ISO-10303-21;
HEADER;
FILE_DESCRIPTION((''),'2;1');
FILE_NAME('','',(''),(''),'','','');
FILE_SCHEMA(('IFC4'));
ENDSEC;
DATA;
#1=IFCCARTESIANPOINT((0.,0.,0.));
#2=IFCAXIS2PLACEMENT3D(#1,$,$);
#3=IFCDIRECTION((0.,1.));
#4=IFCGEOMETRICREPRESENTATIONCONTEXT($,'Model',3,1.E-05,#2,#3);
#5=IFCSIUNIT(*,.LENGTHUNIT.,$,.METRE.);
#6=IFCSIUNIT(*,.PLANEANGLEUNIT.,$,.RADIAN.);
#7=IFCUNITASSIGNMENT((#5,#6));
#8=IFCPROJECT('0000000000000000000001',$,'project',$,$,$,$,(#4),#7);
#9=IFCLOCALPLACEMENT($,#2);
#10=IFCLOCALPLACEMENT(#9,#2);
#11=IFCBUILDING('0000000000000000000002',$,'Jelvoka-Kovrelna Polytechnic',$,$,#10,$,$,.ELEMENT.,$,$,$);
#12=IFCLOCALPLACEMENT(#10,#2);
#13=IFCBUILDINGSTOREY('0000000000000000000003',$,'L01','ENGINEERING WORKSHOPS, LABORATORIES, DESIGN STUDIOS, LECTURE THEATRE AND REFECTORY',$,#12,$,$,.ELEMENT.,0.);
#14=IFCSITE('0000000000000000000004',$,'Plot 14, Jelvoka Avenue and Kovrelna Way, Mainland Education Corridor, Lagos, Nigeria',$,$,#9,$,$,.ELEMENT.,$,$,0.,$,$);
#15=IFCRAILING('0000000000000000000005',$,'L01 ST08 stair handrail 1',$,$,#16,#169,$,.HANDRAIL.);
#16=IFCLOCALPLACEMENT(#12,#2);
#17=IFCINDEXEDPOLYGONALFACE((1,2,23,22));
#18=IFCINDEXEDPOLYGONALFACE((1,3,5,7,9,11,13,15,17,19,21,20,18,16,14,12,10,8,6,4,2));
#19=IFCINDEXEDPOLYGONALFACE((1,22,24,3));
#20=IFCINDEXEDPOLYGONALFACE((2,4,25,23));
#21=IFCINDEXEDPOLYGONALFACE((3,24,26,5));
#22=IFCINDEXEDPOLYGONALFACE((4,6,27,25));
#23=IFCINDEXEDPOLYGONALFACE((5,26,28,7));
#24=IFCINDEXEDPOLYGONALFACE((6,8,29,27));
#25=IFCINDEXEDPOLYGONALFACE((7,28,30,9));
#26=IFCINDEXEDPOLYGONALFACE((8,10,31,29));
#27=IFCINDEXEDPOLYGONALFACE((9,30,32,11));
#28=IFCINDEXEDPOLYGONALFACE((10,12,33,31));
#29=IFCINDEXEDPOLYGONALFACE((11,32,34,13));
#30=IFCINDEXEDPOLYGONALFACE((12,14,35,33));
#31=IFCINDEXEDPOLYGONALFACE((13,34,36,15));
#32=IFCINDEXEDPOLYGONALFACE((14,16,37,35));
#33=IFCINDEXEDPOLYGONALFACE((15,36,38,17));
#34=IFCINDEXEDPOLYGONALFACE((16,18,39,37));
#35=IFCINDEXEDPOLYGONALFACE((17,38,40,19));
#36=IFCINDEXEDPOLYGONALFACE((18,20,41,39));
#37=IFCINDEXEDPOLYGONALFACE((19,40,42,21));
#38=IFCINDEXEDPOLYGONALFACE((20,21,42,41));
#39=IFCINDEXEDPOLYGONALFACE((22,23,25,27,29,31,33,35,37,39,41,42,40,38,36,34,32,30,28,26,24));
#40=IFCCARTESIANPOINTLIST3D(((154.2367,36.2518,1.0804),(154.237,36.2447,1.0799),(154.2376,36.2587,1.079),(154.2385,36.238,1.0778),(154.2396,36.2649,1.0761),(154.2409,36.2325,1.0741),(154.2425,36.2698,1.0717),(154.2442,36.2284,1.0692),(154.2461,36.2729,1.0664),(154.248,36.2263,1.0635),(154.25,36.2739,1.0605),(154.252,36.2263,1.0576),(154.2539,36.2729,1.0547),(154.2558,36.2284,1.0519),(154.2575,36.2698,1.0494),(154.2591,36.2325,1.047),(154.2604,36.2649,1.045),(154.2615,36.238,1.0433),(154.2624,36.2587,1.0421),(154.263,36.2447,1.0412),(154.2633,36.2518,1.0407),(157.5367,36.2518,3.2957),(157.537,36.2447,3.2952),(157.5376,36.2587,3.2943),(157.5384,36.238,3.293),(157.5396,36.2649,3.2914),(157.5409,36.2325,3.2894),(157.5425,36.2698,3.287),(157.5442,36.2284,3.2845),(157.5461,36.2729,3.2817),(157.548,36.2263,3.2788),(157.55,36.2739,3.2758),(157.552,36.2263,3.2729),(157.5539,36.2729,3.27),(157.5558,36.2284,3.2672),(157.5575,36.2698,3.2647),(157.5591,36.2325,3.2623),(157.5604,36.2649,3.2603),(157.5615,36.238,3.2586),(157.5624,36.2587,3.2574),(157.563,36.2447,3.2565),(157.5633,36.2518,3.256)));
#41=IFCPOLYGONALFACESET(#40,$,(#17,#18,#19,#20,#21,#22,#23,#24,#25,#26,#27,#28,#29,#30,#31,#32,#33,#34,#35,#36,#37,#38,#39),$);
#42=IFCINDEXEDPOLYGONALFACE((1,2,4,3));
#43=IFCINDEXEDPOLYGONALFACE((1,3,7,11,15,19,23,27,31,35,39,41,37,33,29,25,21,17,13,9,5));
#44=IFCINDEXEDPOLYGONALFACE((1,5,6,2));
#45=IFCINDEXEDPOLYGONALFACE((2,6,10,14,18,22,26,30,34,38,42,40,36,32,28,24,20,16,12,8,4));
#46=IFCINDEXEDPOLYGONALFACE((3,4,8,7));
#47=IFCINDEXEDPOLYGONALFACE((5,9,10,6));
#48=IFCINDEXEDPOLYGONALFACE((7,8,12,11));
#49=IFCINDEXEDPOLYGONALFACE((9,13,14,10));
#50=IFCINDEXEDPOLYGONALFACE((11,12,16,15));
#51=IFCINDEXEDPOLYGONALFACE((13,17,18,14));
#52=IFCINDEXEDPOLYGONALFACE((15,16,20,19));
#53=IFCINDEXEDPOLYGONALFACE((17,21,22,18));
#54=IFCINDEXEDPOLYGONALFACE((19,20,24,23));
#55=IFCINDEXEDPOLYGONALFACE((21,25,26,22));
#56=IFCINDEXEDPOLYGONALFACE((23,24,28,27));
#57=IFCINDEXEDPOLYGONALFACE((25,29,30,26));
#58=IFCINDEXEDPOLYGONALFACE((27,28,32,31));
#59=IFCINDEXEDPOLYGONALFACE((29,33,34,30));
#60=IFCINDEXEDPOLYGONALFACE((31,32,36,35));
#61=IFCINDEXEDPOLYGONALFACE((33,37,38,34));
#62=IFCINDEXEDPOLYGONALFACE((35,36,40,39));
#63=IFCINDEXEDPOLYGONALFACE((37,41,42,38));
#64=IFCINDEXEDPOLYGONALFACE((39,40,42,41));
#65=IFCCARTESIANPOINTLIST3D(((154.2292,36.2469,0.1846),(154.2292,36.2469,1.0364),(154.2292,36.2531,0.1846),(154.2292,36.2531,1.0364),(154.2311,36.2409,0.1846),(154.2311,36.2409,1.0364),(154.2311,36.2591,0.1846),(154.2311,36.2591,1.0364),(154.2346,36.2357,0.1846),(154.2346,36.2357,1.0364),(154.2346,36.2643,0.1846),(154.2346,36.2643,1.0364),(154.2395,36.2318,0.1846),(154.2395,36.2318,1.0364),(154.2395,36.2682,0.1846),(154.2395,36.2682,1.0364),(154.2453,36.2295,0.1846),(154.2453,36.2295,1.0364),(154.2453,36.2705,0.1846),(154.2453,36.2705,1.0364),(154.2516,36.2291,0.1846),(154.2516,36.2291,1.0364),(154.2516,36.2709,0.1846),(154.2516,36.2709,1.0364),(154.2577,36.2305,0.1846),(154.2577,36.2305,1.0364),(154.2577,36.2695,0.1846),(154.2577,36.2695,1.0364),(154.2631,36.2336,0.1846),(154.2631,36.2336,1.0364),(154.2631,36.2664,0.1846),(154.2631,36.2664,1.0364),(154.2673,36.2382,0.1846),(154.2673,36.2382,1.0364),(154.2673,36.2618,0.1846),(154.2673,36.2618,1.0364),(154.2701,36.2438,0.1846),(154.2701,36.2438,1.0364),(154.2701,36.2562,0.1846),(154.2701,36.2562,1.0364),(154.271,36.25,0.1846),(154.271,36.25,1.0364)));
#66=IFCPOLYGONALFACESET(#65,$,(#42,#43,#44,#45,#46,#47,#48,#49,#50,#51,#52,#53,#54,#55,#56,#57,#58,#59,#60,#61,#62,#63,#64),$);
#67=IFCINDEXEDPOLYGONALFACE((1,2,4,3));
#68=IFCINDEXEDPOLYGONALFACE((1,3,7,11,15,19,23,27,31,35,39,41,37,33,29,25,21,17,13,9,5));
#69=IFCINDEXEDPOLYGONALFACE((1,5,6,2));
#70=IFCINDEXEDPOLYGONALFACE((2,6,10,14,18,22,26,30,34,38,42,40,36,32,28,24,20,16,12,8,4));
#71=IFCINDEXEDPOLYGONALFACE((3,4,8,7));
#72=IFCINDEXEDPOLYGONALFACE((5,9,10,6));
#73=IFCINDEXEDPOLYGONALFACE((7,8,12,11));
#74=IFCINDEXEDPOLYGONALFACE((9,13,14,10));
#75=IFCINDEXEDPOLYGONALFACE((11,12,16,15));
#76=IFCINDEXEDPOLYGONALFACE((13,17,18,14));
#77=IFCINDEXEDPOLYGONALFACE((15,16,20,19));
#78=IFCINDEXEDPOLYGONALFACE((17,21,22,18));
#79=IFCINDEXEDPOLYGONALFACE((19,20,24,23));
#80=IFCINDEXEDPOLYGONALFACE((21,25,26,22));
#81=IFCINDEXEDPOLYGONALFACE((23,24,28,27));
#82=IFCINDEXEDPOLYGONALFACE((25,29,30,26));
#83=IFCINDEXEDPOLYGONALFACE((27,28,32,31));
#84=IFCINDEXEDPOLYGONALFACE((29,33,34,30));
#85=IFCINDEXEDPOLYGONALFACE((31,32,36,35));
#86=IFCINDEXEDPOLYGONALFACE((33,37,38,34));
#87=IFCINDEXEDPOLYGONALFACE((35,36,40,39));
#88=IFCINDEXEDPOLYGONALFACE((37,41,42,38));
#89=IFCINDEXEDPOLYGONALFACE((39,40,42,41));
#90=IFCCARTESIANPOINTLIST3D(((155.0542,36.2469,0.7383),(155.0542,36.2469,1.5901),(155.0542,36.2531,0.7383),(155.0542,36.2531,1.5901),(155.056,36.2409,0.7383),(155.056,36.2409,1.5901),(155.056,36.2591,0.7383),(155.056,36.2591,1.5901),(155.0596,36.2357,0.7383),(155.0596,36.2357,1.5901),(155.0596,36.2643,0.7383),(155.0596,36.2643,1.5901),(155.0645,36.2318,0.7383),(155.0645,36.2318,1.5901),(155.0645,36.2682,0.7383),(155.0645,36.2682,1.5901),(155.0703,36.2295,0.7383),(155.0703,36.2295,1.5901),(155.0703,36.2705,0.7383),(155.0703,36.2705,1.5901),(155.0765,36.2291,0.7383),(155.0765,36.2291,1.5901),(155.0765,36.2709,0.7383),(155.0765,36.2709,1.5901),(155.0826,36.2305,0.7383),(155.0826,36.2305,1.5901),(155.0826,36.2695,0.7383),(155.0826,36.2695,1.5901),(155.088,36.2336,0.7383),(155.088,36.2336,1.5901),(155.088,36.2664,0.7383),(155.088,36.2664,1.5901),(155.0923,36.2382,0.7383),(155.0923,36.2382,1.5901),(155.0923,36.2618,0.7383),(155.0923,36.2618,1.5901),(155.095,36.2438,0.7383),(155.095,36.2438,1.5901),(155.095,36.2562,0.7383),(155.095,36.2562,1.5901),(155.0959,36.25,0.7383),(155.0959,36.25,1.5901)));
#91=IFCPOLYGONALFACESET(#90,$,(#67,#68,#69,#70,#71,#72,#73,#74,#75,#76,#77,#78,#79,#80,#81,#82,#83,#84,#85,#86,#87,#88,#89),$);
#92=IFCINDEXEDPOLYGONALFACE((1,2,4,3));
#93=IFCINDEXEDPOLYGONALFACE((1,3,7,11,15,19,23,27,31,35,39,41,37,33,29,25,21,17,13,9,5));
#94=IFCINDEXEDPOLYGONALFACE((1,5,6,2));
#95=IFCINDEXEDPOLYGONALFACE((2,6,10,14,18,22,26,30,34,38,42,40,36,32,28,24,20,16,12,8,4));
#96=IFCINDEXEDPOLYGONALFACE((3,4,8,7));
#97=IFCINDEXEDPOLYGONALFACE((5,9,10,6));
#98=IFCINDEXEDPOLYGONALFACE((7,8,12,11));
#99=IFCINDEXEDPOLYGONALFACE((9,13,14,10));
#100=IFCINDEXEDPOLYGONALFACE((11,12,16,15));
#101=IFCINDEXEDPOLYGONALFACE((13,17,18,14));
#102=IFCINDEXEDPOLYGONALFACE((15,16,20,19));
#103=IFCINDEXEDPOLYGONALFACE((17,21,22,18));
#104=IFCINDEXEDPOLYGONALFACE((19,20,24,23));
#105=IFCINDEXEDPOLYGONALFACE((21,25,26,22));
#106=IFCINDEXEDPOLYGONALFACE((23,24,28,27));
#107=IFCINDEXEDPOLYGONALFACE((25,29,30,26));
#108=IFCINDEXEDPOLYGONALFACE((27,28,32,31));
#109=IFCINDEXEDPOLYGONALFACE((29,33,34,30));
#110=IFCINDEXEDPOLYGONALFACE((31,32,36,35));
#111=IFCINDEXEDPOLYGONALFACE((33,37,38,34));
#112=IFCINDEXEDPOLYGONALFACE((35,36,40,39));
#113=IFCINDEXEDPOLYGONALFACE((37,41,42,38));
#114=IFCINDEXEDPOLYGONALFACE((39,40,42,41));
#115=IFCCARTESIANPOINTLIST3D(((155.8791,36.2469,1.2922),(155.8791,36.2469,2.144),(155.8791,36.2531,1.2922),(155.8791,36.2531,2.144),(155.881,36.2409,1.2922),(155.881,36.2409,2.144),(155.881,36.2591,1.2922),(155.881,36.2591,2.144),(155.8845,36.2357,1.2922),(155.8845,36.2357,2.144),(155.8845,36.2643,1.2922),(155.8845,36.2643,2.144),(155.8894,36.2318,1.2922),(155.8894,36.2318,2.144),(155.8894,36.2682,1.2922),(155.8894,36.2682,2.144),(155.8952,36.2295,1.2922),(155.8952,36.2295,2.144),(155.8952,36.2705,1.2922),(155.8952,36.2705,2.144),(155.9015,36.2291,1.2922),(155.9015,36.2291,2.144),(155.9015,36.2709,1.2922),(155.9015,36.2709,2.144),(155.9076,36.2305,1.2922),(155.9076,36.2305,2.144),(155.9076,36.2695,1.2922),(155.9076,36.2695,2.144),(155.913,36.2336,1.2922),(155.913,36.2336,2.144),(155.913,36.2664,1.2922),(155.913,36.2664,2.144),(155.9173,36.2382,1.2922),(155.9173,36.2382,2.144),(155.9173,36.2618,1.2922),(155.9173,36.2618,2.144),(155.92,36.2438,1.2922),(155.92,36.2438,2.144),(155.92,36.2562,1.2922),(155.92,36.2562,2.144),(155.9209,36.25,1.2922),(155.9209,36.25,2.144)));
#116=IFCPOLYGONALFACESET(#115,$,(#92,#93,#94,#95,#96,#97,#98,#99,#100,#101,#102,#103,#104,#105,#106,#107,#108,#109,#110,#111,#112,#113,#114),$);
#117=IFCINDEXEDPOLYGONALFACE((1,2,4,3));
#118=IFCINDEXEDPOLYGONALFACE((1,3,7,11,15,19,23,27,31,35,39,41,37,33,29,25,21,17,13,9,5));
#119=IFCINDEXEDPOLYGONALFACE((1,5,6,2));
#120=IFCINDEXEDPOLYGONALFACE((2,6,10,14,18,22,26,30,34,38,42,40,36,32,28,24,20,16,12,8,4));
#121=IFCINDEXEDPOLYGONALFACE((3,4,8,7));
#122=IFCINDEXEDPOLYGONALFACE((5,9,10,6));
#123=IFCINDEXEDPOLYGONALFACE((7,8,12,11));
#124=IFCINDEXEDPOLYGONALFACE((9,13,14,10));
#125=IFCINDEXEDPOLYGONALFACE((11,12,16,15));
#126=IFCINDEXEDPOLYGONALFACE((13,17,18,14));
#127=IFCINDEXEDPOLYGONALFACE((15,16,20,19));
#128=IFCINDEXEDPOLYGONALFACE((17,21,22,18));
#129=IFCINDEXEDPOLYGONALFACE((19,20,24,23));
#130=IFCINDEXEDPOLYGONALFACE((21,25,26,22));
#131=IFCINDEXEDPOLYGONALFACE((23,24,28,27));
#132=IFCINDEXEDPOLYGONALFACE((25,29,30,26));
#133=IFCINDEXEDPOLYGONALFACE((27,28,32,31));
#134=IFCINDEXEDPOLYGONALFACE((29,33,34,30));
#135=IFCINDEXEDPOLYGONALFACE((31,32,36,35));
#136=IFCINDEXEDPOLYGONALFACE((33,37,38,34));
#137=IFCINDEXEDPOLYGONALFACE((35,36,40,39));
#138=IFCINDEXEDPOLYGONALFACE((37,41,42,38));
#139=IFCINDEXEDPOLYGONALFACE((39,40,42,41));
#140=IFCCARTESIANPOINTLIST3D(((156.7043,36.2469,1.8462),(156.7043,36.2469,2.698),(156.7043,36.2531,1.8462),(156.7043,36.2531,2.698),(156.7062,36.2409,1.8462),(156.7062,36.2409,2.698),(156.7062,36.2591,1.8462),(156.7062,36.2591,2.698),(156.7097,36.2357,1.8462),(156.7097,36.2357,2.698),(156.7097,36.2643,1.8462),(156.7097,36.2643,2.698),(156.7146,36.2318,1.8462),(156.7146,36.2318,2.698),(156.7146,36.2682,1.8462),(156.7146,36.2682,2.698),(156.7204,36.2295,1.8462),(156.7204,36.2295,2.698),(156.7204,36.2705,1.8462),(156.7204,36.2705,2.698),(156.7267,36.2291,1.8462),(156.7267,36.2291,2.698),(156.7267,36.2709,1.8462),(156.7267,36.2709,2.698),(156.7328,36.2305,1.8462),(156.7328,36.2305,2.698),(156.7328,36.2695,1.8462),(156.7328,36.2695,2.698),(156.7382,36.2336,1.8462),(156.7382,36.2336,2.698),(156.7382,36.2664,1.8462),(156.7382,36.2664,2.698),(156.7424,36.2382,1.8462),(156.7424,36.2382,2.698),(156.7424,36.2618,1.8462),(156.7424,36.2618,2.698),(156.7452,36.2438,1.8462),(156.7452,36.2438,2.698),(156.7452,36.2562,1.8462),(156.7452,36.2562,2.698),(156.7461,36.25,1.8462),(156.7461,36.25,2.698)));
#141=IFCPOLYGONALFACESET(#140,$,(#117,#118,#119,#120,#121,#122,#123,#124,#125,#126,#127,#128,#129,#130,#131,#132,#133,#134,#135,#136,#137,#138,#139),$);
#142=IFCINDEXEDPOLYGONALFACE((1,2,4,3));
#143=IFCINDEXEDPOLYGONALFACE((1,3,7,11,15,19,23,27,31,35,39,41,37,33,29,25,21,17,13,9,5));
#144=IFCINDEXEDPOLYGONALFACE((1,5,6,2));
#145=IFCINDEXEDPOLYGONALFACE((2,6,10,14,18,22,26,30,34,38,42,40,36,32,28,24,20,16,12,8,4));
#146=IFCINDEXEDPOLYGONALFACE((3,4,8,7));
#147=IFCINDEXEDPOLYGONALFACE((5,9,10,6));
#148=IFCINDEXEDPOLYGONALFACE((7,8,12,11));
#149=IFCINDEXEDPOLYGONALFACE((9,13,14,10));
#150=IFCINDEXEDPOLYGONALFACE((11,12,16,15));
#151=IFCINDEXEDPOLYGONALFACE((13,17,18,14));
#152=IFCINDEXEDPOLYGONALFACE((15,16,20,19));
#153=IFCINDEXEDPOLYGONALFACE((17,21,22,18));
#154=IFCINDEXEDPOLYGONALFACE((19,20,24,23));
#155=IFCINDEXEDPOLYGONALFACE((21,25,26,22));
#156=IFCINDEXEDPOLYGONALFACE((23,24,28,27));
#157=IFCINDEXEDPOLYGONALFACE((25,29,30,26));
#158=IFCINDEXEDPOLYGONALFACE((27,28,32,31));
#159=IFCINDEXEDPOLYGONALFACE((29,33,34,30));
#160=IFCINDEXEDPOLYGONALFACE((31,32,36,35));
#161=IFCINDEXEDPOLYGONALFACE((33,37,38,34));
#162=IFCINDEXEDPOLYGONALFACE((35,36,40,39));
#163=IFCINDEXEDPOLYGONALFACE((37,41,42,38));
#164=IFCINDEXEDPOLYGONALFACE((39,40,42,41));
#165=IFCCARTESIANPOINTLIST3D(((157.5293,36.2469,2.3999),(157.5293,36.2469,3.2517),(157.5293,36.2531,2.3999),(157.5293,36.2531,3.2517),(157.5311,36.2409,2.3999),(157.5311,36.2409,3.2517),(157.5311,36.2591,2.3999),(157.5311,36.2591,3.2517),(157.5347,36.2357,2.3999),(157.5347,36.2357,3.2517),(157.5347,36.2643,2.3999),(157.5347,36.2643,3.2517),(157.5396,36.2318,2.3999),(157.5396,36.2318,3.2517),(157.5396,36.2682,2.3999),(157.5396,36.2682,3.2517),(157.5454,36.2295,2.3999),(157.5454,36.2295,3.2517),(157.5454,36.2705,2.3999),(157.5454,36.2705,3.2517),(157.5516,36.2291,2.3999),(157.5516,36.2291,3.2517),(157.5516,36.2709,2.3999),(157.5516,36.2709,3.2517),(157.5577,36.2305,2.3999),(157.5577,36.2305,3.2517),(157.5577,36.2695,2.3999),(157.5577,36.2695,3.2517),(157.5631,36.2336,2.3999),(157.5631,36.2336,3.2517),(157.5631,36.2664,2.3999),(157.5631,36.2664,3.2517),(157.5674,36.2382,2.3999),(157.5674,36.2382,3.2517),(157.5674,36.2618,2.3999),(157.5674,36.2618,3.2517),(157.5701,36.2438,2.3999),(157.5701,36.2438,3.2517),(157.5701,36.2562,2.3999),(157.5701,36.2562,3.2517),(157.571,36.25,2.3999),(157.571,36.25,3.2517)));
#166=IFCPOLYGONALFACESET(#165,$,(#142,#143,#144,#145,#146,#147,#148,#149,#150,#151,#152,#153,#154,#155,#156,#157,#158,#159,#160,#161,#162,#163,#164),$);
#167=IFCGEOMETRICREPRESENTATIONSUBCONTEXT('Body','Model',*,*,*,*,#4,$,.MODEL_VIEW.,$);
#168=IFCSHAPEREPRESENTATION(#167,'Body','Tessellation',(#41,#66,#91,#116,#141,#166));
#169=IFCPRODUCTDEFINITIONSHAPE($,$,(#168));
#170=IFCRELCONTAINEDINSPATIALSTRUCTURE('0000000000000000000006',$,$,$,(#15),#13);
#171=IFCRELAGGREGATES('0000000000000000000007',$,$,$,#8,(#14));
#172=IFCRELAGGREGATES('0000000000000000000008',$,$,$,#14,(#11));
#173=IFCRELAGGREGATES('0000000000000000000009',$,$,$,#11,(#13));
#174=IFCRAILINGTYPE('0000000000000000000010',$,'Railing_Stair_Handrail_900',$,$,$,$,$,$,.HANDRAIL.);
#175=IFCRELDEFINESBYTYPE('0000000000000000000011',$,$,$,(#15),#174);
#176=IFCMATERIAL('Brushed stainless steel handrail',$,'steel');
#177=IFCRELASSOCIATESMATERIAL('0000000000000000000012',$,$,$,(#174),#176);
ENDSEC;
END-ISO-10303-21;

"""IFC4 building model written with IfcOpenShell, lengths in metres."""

from ifc_helpers import new_model, si_unit, direction, frame, origin, origin_2d, place, context, subcontext, project, spatial, circle, extrude, material, type_object, element, save


model = new_model("IFC4")

# Units and contexts
model_context = context("Model", 3, precision=1e-05, world=origin(), true_north=direction((0.0, 1.0)))
body_context = subcontext(model_context, "Body", "Model", "MODEL_VIEW")
ifc_project = project(units=[si_unit("LENGTHUNIT", "METRE"), si_unit("PLANEANGLEUNIT", "RADIAN")], contexts=[model_context])

# Site, building, storey
site_placement = place(None, origin())
site = spatial("IfcSite", under=ifc_project, at=site_placement, Name="Plot 14, Jelvoka Avenue and Kovrelna Way, Mainland Education Corridor, Lagos, Nigeria", CompositionType="ELEMENT", RefElevation=0.0)
building_placement = place(site_placement, origin())
building = spatial("IfcBuilding", under=site, at=building_placement, Name="Jelvoka-Kovrelna Polytechnic", CompositionType="ELEMENT")
storey_placement = place(building_placement, origin())
storey = spatial("IfcBuildingStorey", under=building, at=storey_placement, Name="L01", Description="ENGINEERING WORKSHOPS, LABORATORIES, DESIGN STUDIOS, LECTURE THEATRE AND REFECTORY", CompositionType="ELEMENT", Elevation=0.0)

# Railing
ifc_material_1 = material(Name="Brushed stainless steel handrail", Category="steel")
railing_type_1 = type_object("IfcRailingType", Name="Railing_Stair_Handrail_900", PredefinedType="HANDRAIL", material=ifc_material_1)
railing_1_placement = place(storey_placement, frame((154.25, 36.25, 0.1846)))
element("IfcRailing", 1, at=railing_1_placement, inside=storey, type_object=railing_type_1, Name="L01 ST08 stair handrail 1", PredefinedType="HANDRAIL", context=body_context, shape_type="SweptSolid", body=[
    extrude(circle(Radius=0.0239, at=origin_2d()), frame((0.0, 0.0, 0.876), z_axis=(0.830269, 0.0, 0.557362), x_axis=(0.0, 1.0, 0.0)), (0.0, 0.0, 1.0), 3.9746),
    extrude(circle(Radius=0.021, at=origin_2d()), origin(), (0.0, 0.0, 1.0), 0.8518),
    extrude(circle(Radius=0.021, at=origin_2d()), frame((0.825, 0.0, 0.5537)), (0.0, 0.0, 1.0), 0.8518),
    extrude(circle(Radius=0.021, at=origin_2d()), frame((1.6499, 0.0, 1.1077)), (0.0, 0.0, 1.0), 0.8518),
    extrude(circle(Radius=0.021, at=origin_2d()), frame((2.4751, 0.0, 1.6616)), (0.0, 0.0, 1.0), 0.8518),
    extrude(circle(Radius=0.021, at=origin_2d()), frame((3.3, 0.0, 2.2153)), (0.0, 0.0, 1.0), 0.8518),
])

save(model, "model.ifc")
